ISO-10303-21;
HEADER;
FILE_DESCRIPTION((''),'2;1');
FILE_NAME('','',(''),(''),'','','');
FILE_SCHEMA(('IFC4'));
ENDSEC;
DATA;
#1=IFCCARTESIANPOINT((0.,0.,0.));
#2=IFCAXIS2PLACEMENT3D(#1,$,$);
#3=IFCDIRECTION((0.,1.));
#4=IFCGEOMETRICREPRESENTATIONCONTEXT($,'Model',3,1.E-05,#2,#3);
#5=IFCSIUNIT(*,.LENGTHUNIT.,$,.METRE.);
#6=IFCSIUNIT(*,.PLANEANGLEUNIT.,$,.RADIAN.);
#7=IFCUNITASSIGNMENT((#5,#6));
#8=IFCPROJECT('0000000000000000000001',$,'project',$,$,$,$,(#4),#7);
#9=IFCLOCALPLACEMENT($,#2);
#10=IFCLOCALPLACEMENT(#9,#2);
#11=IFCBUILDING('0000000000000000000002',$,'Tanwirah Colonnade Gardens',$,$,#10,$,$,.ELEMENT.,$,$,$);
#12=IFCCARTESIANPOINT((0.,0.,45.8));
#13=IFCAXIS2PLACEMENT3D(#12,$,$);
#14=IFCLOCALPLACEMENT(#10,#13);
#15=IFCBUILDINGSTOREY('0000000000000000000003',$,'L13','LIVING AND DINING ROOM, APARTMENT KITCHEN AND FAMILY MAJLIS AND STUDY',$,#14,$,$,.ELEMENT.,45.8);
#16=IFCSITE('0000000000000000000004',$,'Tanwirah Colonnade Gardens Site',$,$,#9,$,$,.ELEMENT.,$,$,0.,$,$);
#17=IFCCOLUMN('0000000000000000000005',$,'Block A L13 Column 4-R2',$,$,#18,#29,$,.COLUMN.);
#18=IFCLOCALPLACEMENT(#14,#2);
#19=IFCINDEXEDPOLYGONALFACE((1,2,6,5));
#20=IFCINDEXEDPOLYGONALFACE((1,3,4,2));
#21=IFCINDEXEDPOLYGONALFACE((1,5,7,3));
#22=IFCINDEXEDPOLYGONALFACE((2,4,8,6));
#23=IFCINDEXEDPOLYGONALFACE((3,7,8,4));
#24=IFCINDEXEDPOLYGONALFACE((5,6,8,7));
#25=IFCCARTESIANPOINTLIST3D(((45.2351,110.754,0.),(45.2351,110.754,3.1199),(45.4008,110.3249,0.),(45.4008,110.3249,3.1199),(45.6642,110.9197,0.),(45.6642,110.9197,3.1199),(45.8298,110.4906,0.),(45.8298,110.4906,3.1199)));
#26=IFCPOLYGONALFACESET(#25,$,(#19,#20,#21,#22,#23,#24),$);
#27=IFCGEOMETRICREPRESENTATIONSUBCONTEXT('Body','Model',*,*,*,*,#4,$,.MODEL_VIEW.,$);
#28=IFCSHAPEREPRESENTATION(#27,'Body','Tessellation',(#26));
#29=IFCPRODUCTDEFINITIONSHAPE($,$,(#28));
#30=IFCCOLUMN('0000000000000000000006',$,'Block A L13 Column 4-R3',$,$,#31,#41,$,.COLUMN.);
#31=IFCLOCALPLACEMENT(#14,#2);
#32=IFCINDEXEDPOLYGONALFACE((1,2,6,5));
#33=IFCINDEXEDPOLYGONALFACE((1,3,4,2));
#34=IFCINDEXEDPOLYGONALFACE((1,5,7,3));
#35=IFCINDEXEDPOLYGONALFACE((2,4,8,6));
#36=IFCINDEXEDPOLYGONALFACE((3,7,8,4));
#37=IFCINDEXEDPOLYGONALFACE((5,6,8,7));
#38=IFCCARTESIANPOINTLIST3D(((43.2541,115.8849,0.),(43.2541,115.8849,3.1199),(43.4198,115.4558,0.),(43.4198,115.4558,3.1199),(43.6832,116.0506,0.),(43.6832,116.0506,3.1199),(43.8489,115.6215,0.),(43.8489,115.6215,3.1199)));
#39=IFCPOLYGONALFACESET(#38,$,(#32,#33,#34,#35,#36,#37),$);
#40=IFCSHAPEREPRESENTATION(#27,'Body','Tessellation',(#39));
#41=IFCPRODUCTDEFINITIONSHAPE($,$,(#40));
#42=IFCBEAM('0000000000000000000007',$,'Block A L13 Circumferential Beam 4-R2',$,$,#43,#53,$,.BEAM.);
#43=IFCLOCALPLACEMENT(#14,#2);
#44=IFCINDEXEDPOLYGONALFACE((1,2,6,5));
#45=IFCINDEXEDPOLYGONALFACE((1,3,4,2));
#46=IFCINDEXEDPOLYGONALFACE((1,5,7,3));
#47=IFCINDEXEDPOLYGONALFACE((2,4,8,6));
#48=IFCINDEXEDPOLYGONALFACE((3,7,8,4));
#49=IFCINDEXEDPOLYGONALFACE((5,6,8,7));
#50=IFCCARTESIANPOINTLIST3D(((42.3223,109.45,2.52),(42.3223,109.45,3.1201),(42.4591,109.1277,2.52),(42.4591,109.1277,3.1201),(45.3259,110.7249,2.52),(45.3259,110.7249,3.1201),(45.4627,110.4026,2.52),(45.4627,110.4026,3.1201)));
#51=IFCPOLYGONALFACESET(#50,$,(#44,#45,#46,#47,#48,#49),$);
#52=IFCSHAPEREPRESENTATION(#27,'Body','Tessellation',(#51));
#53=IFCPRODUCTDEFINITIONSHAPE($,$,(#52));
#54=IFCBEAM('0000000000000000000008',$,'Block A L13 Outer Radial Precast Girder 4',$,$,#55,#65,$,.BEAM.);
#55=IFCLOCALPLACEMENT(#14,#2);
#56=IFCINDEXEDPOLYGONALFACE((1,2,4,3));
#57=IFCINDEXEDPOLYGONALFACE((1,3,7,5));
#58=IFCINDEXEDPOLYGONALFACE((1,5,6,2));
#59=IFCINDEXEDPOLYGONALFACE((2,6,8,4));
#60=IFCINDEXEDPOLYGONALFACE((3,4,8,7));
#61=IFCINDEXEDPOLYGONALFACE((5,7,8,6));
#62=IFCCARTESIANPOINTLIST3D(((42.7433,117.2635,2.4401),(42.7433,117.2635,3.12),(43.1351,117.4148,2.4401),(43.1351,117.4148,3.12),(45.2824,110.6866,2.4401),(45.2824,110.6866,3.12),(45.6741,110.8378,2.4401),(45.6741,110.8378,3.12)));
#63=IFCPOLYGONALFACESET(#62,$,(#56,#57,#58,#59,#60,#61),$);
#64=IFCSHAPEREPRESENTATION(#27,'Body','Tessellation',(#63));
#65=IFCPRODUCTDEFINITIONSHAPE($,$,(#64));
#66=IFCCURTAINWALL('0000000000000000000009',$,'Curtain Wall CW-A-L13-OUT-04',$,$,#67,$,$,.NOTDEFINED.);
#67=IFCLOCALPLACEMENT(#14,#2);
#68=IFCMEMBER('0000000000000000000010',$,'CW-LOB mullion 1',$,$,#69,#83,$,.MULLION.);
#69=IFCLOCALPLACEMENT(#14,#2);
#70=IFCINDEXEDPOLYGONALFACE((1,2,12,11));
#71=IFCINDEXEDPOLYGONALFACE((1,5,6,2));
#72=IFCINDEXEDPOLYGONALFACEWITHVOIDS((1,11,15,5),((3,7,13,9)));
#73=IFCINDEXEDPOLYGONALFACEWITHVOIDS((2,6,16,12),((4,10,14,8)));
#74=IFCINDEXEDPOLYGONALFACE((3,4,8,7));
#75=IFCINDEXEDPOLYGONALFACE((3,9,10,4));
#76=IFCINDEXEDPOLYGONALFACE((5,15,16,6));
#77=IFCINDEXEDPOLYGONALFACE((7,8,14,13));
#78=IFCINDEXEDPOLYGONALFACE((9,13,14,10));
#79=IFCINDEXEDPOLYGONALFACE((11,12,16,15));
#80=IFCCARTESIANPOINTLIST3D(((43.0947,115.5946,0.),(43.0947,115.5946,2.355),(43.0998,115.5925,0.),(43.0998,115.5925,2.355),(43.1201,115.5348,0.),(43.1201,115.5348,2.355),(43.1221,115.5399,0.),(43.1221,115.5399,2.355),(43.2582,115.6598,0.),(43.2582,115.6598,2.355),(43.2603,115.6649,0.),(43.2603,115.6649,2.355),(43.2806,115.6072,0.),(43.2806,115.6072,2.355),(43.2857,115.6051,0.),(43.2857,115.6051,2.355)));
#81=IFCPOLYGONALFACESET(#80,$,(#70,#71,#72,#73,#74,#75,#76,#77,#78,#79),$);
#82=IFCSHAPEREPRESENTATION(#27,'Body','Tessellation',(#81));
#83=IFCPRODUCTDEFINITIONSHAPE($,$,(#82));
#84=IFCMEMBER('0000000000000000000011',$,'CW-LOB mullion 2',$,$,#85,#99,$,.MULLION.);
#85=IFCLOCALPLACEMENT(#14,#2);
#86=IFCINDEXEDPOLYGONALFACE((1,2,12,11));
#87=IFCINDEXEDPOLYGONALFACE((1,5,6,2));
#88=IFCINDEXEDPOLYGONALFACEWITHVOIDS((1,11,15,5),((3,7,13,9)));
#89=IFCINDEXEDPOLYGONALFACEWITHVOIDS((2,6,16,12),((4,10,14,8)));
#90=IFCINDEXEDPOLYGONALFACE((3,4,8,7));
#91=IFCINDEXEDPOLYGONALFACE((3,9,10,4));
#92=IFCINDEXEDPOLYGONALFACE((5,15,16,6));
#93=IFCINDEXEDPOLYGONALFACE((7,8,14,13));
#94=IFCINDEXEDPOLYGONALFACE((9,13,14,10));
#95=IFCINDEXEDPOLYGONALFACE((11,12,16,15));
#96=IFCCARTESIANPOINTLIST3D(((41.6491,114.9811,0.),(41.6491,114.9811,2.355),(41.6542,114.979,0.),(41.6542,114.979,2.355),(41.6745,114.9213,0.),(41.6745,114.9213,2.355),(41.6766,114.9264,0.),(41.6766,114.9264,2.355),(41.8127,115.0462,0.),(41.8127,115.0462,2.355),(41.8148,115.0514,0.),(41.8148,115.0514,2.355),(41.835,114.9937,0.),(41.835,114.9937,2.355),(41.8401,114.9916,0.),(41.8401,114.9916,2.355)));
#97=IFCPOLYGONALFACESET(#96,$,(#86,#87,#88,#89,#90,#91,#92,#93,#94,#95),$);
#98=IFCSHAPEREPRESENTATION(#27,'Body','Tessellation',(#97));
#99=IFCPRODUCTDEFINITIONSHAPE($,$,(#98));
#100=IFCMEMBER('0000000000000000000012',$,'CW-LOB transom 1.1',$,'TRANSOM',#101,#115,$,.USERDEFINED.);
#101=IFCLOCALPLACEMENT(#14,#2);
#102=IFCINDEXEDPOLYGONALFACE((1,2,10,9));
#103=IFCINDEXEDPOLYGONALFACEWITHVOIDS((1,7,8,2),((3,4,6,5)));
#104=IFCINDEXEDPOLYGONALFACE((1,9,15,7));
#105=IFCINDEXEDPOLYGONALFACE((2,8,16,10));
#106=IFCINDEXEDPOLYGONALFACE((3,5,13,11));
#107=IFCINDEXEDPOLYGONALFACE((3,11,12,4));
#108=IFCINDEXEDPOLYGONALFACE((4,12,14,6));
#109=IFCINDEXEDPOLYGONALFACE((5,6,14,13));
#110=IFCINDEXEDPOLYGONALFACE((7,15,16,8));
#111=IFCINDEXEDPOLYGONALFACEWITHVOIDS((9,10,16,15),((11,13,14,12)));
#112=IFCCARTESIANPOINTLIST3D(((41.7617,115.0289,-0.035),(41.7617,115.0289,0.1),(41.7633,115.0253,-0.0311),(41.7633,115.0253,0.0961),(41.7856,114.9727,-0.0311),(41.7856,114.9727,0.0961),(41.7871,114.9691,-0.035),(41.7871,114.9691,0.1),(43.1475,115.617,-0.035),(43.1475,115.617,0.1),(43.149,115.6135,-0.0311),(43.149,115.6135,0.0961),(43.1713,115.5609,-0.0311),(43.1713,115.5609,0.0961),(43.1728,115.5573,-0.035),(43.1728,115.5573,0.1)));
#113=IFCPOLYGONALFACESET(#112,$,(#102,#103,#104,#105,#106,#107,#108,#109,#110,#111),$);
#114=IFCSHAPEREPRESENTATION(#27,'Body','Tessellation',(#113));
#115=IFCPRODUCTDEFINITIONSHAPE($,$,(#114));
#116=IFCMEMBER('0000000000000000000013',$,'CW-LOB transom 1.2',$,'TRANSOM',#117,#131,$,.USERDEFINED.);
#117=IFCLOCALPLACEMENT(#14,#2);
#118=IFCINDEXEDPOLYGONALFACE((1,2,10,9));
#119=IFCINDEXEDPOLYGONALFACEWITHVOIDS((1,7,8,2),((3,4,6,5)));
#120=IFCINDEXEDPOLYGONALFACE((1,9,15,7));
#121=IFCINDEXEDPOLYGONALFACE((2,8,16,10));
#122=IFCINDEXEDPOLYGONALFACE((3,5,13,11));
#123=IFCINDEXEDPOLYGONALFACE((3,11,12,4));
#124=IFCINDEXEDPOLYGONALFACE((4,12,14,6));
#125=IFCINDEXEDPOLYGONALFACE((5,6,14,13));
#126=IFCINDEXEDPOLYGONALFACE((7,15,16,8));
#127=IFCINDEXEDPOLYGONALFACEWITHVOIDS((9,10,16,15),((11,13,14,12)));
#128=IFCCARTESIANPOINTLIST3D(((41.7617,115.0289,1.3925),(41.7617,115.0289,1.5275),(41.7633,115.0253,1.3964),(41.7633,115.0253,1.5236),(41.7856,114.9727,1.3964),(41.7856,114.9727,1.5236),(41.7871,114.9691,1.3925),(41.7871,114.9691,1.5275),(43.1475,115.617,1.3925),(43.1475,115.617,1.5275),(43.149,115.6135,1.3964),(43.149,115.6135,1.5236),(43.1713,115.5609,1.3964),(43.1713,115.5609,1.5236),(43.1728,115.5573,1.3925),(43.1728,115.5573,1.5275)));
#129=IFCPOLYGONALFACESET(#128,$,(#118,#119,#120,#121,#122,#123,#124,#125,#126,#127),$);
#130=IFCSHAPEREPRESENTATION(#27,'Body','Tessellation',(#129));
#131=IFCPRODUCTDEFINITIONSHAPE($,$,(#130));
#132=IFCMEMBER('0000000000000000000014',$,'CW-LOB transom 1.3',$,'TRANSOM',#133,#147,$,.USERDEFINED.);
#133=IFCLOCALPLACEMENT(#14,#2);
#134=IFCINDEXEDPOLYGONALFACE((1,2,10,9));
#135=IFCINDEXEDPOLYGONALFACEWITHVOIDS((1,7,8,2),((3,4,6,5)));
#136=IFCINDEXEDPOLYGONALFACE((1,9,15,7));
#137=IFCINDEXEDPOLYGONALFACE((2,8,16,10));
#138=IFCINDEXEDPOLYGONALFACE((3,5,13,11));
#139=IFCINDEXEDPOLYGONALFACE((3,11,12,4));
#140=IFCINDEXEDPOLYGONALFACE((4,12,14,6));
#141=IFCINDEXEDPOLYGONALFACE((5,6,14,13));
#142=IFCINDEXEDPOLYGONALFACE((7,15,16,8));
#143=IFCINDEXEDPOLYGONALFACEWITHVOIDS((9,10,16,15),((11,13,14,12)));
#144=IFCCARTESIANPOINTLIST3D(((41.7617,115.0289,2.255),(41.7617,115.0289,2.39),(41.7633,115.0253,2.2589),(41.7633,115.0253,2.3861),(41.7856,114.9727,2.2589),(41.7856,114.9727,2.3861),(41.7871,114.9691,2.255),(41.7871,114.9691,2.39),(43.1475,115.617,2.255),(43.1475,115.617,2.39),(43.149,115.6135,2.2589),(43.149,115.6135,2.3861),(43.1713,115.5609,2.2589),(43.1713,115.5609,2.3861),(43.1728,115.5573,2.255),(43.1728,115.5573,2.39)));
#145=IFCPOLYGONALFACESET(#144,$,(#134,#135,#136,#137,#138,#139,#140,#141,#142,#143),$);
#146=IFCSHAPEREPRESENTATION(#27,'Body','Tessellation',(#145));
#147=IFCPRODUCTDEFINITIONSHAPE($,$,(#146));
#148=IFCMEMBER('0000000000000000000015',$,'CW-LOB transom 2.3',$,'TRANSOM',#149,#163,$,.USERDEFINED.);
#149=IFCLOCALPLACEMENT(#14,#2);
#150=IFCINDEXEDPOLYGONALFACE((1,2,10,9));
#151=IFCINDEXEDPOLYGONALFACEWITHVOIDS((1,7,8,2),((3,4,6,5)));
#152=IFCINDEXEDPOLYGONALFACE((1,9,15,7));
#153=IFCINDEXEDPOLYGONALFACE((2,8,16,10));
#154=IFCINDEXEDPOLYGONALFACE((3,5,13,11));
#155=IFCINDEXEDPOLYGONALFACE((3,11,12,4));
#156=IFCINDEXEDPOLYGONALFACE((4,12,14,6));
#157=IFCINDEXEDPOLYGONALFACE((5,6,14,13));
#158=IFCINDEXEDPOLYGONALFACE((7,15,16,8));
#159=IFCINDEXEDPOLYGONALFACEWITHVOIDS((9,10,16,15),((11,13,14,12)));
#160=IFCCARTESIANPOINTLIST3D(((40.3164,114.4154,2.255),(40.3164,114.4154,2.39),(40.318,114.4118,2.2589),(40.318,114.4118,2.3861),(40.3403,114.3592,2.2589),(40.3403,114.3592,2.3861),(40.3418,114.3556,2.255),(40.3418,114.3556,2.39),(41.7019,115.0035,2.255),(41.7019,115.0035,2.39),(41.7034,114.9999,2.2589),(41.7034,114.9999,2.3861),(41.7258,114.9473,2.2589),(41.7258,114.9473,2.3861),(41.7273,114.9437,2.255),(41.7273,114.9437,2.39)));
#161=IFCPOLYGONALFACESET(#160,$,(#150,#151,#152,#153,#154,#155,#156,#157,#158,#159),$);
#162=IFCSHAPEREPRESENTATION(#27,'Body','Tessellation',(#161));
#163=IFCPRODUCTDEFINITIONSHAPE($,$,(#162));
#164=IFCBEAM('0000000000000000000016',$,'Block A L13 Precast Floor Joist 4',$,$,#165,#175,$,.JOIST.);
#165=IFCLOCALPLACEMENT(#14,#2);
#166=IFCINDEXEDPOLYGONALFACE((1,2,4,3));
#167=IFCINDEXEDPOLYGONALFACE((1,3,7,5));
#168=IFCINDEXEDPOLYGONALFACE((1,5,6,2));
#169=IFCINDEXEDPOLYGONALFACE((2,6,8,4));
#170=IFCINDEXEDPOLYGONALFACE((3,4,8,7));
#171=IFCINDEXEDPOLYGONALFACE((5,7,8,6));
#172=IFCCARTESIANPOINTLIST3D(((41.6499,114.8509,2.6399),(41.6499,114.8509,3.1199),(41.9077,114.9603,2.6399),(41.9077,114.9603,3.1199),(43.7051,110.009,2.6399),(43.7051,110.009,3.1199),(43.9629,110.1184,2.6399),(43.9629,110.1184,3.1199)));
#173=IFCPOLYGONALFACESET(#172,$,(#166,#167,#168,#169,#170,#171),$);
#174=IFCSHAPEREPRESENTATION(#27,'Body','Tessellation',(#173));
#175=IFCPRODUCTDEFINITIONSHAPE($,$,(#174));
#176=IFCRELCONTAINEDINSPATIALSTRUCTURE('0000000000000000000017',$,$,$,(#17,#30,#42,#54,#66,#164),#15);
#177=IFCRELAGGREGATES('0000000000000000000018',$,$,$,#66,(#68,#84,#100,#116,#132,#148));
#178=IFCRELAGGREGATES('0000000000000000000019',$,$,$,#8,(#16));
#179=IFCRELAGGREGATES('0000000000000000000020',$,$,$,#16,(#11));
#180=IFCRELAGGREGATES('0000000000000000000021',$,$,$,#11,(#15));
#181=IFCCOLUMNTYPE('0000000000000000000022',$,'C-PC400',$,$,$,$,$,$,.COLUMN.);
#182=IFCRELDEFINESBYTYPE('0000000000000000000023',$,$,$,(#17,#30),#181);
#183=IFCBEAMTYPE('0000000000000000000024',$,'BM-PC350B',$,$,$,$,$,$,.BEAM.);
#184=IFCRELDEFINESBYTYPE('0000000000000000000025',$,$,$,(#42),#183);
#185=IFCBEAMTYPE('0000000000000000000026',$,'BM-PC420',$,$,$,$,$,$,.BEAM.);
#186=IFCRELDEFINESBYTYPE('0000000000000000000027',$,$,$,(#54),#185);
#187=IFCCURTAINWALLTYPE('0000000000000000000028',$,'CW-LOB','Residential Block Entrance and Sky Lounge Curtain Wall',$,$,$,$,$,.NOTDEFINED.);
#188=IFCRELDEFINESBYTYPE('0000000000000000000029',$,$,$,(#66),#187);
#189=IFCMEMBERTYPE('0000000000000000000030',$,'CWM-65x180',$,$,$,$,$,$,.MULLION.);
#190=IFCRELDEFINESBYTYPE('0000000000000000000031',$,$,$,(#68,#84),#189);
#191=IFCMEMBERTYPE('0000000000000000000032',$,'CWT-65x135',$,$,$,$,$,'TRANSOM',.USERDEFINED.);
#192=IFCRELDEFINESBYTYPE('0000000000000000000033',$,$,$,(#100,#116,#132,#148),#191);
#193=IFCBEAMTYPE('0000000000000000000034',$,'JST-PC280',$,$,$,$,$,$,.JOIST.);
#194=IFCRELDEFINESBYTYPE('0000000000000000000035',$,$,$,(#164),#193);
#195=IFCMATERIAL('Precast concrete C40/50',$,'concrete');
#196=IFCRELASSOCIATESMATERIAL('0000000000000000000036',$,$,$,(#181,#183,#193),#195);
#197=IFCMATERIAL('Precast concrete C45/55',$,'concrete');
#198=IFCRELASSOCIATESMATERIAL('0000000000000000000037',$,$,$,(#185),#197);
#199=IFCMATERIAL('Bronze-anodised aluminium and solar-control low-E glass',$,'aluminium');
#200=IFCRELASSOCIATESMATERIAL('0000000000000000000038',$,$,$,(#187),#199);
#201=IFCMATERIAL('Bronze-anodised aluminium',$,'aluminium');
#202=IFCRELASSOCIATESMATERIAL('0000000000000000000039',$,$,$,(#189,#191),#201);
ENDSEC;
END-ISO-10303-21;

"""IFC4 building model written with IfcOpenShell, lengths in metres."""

from ifc_helpers import new_model, si_unit, direction, frame, origin, origin_2d, place, context, subcontext, project, spatial, rectangle, hollow_rectangle, extrude, material, material_profile, profile_set, type_object, element, aggregate, save


model = new_model("IFC4")

# Units and contexts
model_context = context("Model", 3, precision=1e-05, world=origin(), true_north=direction((0.0, 1.0)))
body_context = subcontext(model_context, "Body", "Model", "MODEL_VIEW")
ifc_project = project(units=[si_unit("LENGTHUNIT", "METRE"), si_unit("PLANEANGLEUNIT", "RADIAN")], contexts=[model_context])

# Site, building, storey
site_placement = place(None, origin())
site = spatial("IfcSite", under=ifc_project, at=site_placement, Name="Tanwirah Colonnade Gardens Site", CompositionType="ELEMENT", RefElevation=0.0)
building_placement = place(site_placement, origin())
building = spatial("IfcBuilding", under=site, at=building_placement, Name="Tanwirah Colonnade Gardens", CompositionType="ELEMENT")
storey_placement = place(building_placement, frame((0.0, 0.0, 45.8)))
storey = spatial("IfcBuildingStorey", under=building, at=storey_placement, Name="L13", Description="LIVING AND DINING ROOM, APARTMENT KITCHEN AND FAMILY MAJLIS AND STUDY", CompositionType="ELEMENT", Elevation=45.8)

# Columns
ifc_material_1 = material(Name="Precast concrete C40/50", Category="concrete")
ifc_material_profile_1 = material_profile(ifc_material_1, rectangle(XDim=0.46, YDim=0.46, at=origin_2d()), Name="PC-COL 460x460")
ifc_profile_set_1 = profile_set([ifc_material_profile_1], Name="Precast concrete C40/50")
column_type = type_object("IfcColumnType", Name="C-PC400", PredefinedType="COLUMN", material=ifc_profile_set_1)
for number, where, z_axis, x_axis, name in (
    (1, (45.5325, 110.6223, 0.0), (0.0, 0.0, 1.0), (-0.360178, 0.932884, 0.0), "Block A L13 Column 4-R2"),
    (2, (43.5515, 115.7532, 0.0), (0.0, 0.0, 1.0), (-0.360178, 0.932884, 0.0), "Block A L13 Column 4-R3"),
):
    element("IfcColumn", number, at=place(storey_placement, frame(where, z_axis=z_axis, x_axis=x_axis)), inside=storey, type_object=column_type, Name=name, PredefinedType="COLUMN", context=body_context, shape_type="SweptSolid", body=[
        extrude(rectangle(XDim=0.46, YDim=0.46, at=origin_2d()), origin(), (0.0, 0.0, 1.0), 3.1199),
    ])

# Beams
ifc_material_profile_2 = material_profile(ifc_material_1, rectangle(XDim=0.3501, YDim=0.6001, at=origin_2d()), Name="PC-BM 350x600")
ifc_profile_set_2 = profile_set([ifc_material_profile_2], Name="Precast concrete C40/50")
beam_type_1 = type_object("IfcBeamType", Name="BM-PC350B", PredefinedType="BEAM", material=ifc_profile_set_2)
beam_1_placement = place(storey_placement, frame((45.3943, 110.5637, 2.8201), z_axis=(-0.920513, -0.390711, 0.0), x_axis=(0.390711, -0.920513, 0.0)))
element("IfcBeam", 3, at=beam_1_placement, inside=storey, type_object=beam_type_1, Name="Block A L13 Circumferential Beam 4-R2", PredefinedType="BEAM", context=body_context, shape_type="SweptSolid", body=[
    extrude(rectangle(XDim=0.3501, YDim=0.6001, at=origin_2d()), origin(), (0.0, 0.0, 1.0), 3.2629),
])
ifc_material_2 = material(Name="Precast concrete C45/55", Category="concrete")
ifc_material_profile_3 = material_profile(ifc_material_2, rectangle(XDim=0.4199, YDim=0.6799, at=origin_2d()), Name="PC-BM 420x680")
ifc_profile_set_3 = profile_set([ifc_material_profile_3], Name="Precast concrete C45/55")
beam_type_2 = type_object("IfcBeamType", Name="BM-PC420", PredefinedType="BEAM", material=ifc_profile_set_3)
beam_2_placement = place(storey_placement, frame((45.4783, 110.7622, 2.78), z_axis=(-0.360151, 0.932894, 0.0), x_axis=(-0.932894, -0.360151, 0.0)))
element("IfcBeam", 4, at=beam_2_placement, inside=storey, type_object=beam_type_2, Name="Block A L13 Outer Radial Precast Girder 4", PredefinedType="BEAM", context=body_context, shape_type="SweptSolid", body=[
    extrude(rectangle(XDim=0.4199, YDim=0.6799, at=origin_2d()), origin(), (0.0, 0.0, 1.0), 7.05),
])

# Curtain wall, members
ifc_material_3 = material(Name="Bronze-anodised aluminium and solar-control low-E glass", Category="aluminium")
curtain_wall_type = type_object("IfcCurtainWallType", Name="CW-LOB", Description="Residential Block Entrance and Sky Lounge Curtain Wall", PredefinedType="NOTDEFINED", material=ifc_material_3)
curtain_wall_placement = place(storey_placement, origin())
curtain_wall = element("IfcCurtainWall", 5, at=curtain_wall_placement, inside=storey, type_object=curtain_wall_type, Name="Curtain Wall CW-A-L13-OUT-04", PredefinedType="NOTDEFINED")
ifc_material_4 = material(Name="Bronze-anodised aluminium", Category="aluminium")
ifc_material_profile_4 = material_profile(ifc_material_4, hollow_rectangle(XDim=0.0649, YDim=0.1799, WallThickness=0.0039, at=origin_2d()), Name="CW-MUL 65x180x4")
ifc_profile_set_4 = profile_set([ifc_material_profile_4], Name="Bronze-anodised aluminium")
member_type_1 = type_object("IfcMemberType", Name="CWM-65x180", PredefinedType="MULLION", material=ifc_profile_set_4)
member_1_placement = place(storey_placement, frame((43.1902, 115.5999, 0.0), z_axis=(0.0, 0.0, 1.0), x_axis=(0.39073, -0.920505, 0.0)))
member_1 = element("IfcMember", 6, at=member_1_placement, type_object=member_type_1, Name="CW-LOB mullion 1", PredefinedType="MULLION", context=body_context, shape_type="SweptSolid", body=[
    extrude(hollow_rectangle(XDim=0.0649, YDim=0.1799, WallThickness=0.0039, at=origin_2d()), origin(), (0.0, 0.0, 1.0), 2.355),
])
member_2_placement = place(storey_placement, frame((41.7446, 114.9863, 0.0), z_axis=(0.0, 0.0, 1.0), x_axis=(0.39073, -0.920505, 0.0)))
member_2 = element("IfcMember", 7, at=member_2_placement, type_object=member_type_1, Name="CW-LOB mullion 2", PredefinedType="MULLION", context=body_context, shape_type="SweptSolid", body=[
    extrude(hollow_rectangle(XDim=0.0649, YDim=0.1799, WallThickness=0.0039, at=origin_2d()), origin(), (0.0, 0.0, 1.0), 2.355),
])
ifc_material_profile_5 = material_profile(ifc_material_4, hollow_rectangle(XDim=0.0649, YDim=0.135, WallThickness=0.0039, at=origin_2d()), Name="CW-TRN 65x135x4")
ifc_profile_set_5 = profile_set([ifc_material_profile_5], Name="Bronze-anodised aluminium")
member_type_2 = type_object("IfcMemberType", Name="CWT-65x135", ElementType="TRANSOM", PredefinedType="USERDEFINED", material=ifc_profile_set_5)
member_3_placement = place(storey_placement, frame((43.1602, 115.5872, 0.0325), z_axis=(-0.920523, -0.390687, 0.0), x_axis=(0.390687, -0.920523, 0.0)))
member_3 = element("IfcMember", 8, at=member_3_placement, type_object=member_type_2, Name="CW-LOB transom 1.1", ObjectType="TRANSOM", PredefinedType="USERDEFINED", context=body_context, shape_type="SweptSolid", body=[
    extrude(hollow_rectangle(XDim=0.0649, YDim=0.135, WallThickness=0.0039, at=origin_2d()), origin(), (0.0, 0.0, 1.0), 1.5054),
])
member_4_placement = place(storey_placement, frame((43.1602, 115.5872, 1.46), z_axis=(-0.920523, -0.390687, 0.0), x_axis=(0.390687, -0.920523, 0.0)))
member_4 = element("IfcMember", 9, at=member_4_placement, type_object=member_type_2, Name="CW-LOB transom 1.2", ObjectType="TRANSOM", PredefinedType="USERDEFINED", context=body_context, shape_type="SweptSolid", body=[
    extrude(hollow_rectangle(XDim=0.0649, YDim=0.135, WallThickness=0.0039, at=origin_2d()), origin(), (0.0, 0.0, 1.0), 1.5054),
])
member_5_placement = place(storey_placement, frame((43.1602, 115.5872, 2.3225), z_axis=(-0.920523, -0.390687, 0.0), x_axis=(0.390687, -0.920523, 0.0)))
member_5 = element("IfcMember", 10, at=member_5_placement, type_object=member_type_2, Name="CW-LOB transom 1.3", ObjectType="TRANSOM", PredefinedType="USERDEFINED", context=body_context, shape_type="SweptSolid", body=[
    extrude(hollow_rectangle(XDim=0.0649, YDim=0.135, WallThickness=0.0039, at=origin_2d()), origin(), (0.0, 0.0, 1.0), 1.5054),
])
member_6_placement = place(storey_placement, frame((41.7146, 114.9736, 2.3225), z_axis=(-0.920499, -0.390746, 0.0), x_axis=(0.390746, -0.920499, 0.0)))
member_6 = element("IfcMember", 11, at=member_6_placement, type_object=member_type_2, Name="CW-LOB transom 2.3", ObjectType="TRANSOM", PredefinedType="USERDEFINED", context=body_context, shape_type="SweptSolid", body=[
    extrude(hollow_rectangle(XDim=0.0649, YDim=0.135, WallThickness=0.0039, at=origin_2d()), origin(), (0.0, 0.0, 1.0), 1.5051),
])

# Beam
ifc_material_profile_6 = material_profile(ifc_material_1, rectangle(XDim=0.28, YDim=0.48, at=origin_2d()), Name="PC-JST 280x480")
ifc_profile_set_6 = profile_set([ifc_material_profile_6], Name="Precast concrete C40/50")
beam_type_3 = type_object("IfcBeamType", Name="JST-PC280", PredefinedType="JOIST", material=ifc_profile_set_6)
beam_3_placement = place(storey_placement, frame((43.834, 110.0637, 2.8799), z_axis=(-0.390724, 0.920508, 0.0), x_axis=(-0.920508, -0.390724, 0.0)))
element("IfcBeam", 12, at=beam_3_placement, inside=storey, type_object=beam_type_3, Name="Block A L13 Precast Floor Joist 4", PredefinedType="JOIST", context=body_context, shape_type="SweptSolid", body=[
    extrude(rectangle(XDim=0.28, YDim=0.48, at=origin_2d()), origin(), (0.0, 0.0, 1.0), 5.26),
])

aggregate(curtain_wall, [member_1, member_2, member_3, member_4, member_5, member_6])

save(model, "model.ifc")
